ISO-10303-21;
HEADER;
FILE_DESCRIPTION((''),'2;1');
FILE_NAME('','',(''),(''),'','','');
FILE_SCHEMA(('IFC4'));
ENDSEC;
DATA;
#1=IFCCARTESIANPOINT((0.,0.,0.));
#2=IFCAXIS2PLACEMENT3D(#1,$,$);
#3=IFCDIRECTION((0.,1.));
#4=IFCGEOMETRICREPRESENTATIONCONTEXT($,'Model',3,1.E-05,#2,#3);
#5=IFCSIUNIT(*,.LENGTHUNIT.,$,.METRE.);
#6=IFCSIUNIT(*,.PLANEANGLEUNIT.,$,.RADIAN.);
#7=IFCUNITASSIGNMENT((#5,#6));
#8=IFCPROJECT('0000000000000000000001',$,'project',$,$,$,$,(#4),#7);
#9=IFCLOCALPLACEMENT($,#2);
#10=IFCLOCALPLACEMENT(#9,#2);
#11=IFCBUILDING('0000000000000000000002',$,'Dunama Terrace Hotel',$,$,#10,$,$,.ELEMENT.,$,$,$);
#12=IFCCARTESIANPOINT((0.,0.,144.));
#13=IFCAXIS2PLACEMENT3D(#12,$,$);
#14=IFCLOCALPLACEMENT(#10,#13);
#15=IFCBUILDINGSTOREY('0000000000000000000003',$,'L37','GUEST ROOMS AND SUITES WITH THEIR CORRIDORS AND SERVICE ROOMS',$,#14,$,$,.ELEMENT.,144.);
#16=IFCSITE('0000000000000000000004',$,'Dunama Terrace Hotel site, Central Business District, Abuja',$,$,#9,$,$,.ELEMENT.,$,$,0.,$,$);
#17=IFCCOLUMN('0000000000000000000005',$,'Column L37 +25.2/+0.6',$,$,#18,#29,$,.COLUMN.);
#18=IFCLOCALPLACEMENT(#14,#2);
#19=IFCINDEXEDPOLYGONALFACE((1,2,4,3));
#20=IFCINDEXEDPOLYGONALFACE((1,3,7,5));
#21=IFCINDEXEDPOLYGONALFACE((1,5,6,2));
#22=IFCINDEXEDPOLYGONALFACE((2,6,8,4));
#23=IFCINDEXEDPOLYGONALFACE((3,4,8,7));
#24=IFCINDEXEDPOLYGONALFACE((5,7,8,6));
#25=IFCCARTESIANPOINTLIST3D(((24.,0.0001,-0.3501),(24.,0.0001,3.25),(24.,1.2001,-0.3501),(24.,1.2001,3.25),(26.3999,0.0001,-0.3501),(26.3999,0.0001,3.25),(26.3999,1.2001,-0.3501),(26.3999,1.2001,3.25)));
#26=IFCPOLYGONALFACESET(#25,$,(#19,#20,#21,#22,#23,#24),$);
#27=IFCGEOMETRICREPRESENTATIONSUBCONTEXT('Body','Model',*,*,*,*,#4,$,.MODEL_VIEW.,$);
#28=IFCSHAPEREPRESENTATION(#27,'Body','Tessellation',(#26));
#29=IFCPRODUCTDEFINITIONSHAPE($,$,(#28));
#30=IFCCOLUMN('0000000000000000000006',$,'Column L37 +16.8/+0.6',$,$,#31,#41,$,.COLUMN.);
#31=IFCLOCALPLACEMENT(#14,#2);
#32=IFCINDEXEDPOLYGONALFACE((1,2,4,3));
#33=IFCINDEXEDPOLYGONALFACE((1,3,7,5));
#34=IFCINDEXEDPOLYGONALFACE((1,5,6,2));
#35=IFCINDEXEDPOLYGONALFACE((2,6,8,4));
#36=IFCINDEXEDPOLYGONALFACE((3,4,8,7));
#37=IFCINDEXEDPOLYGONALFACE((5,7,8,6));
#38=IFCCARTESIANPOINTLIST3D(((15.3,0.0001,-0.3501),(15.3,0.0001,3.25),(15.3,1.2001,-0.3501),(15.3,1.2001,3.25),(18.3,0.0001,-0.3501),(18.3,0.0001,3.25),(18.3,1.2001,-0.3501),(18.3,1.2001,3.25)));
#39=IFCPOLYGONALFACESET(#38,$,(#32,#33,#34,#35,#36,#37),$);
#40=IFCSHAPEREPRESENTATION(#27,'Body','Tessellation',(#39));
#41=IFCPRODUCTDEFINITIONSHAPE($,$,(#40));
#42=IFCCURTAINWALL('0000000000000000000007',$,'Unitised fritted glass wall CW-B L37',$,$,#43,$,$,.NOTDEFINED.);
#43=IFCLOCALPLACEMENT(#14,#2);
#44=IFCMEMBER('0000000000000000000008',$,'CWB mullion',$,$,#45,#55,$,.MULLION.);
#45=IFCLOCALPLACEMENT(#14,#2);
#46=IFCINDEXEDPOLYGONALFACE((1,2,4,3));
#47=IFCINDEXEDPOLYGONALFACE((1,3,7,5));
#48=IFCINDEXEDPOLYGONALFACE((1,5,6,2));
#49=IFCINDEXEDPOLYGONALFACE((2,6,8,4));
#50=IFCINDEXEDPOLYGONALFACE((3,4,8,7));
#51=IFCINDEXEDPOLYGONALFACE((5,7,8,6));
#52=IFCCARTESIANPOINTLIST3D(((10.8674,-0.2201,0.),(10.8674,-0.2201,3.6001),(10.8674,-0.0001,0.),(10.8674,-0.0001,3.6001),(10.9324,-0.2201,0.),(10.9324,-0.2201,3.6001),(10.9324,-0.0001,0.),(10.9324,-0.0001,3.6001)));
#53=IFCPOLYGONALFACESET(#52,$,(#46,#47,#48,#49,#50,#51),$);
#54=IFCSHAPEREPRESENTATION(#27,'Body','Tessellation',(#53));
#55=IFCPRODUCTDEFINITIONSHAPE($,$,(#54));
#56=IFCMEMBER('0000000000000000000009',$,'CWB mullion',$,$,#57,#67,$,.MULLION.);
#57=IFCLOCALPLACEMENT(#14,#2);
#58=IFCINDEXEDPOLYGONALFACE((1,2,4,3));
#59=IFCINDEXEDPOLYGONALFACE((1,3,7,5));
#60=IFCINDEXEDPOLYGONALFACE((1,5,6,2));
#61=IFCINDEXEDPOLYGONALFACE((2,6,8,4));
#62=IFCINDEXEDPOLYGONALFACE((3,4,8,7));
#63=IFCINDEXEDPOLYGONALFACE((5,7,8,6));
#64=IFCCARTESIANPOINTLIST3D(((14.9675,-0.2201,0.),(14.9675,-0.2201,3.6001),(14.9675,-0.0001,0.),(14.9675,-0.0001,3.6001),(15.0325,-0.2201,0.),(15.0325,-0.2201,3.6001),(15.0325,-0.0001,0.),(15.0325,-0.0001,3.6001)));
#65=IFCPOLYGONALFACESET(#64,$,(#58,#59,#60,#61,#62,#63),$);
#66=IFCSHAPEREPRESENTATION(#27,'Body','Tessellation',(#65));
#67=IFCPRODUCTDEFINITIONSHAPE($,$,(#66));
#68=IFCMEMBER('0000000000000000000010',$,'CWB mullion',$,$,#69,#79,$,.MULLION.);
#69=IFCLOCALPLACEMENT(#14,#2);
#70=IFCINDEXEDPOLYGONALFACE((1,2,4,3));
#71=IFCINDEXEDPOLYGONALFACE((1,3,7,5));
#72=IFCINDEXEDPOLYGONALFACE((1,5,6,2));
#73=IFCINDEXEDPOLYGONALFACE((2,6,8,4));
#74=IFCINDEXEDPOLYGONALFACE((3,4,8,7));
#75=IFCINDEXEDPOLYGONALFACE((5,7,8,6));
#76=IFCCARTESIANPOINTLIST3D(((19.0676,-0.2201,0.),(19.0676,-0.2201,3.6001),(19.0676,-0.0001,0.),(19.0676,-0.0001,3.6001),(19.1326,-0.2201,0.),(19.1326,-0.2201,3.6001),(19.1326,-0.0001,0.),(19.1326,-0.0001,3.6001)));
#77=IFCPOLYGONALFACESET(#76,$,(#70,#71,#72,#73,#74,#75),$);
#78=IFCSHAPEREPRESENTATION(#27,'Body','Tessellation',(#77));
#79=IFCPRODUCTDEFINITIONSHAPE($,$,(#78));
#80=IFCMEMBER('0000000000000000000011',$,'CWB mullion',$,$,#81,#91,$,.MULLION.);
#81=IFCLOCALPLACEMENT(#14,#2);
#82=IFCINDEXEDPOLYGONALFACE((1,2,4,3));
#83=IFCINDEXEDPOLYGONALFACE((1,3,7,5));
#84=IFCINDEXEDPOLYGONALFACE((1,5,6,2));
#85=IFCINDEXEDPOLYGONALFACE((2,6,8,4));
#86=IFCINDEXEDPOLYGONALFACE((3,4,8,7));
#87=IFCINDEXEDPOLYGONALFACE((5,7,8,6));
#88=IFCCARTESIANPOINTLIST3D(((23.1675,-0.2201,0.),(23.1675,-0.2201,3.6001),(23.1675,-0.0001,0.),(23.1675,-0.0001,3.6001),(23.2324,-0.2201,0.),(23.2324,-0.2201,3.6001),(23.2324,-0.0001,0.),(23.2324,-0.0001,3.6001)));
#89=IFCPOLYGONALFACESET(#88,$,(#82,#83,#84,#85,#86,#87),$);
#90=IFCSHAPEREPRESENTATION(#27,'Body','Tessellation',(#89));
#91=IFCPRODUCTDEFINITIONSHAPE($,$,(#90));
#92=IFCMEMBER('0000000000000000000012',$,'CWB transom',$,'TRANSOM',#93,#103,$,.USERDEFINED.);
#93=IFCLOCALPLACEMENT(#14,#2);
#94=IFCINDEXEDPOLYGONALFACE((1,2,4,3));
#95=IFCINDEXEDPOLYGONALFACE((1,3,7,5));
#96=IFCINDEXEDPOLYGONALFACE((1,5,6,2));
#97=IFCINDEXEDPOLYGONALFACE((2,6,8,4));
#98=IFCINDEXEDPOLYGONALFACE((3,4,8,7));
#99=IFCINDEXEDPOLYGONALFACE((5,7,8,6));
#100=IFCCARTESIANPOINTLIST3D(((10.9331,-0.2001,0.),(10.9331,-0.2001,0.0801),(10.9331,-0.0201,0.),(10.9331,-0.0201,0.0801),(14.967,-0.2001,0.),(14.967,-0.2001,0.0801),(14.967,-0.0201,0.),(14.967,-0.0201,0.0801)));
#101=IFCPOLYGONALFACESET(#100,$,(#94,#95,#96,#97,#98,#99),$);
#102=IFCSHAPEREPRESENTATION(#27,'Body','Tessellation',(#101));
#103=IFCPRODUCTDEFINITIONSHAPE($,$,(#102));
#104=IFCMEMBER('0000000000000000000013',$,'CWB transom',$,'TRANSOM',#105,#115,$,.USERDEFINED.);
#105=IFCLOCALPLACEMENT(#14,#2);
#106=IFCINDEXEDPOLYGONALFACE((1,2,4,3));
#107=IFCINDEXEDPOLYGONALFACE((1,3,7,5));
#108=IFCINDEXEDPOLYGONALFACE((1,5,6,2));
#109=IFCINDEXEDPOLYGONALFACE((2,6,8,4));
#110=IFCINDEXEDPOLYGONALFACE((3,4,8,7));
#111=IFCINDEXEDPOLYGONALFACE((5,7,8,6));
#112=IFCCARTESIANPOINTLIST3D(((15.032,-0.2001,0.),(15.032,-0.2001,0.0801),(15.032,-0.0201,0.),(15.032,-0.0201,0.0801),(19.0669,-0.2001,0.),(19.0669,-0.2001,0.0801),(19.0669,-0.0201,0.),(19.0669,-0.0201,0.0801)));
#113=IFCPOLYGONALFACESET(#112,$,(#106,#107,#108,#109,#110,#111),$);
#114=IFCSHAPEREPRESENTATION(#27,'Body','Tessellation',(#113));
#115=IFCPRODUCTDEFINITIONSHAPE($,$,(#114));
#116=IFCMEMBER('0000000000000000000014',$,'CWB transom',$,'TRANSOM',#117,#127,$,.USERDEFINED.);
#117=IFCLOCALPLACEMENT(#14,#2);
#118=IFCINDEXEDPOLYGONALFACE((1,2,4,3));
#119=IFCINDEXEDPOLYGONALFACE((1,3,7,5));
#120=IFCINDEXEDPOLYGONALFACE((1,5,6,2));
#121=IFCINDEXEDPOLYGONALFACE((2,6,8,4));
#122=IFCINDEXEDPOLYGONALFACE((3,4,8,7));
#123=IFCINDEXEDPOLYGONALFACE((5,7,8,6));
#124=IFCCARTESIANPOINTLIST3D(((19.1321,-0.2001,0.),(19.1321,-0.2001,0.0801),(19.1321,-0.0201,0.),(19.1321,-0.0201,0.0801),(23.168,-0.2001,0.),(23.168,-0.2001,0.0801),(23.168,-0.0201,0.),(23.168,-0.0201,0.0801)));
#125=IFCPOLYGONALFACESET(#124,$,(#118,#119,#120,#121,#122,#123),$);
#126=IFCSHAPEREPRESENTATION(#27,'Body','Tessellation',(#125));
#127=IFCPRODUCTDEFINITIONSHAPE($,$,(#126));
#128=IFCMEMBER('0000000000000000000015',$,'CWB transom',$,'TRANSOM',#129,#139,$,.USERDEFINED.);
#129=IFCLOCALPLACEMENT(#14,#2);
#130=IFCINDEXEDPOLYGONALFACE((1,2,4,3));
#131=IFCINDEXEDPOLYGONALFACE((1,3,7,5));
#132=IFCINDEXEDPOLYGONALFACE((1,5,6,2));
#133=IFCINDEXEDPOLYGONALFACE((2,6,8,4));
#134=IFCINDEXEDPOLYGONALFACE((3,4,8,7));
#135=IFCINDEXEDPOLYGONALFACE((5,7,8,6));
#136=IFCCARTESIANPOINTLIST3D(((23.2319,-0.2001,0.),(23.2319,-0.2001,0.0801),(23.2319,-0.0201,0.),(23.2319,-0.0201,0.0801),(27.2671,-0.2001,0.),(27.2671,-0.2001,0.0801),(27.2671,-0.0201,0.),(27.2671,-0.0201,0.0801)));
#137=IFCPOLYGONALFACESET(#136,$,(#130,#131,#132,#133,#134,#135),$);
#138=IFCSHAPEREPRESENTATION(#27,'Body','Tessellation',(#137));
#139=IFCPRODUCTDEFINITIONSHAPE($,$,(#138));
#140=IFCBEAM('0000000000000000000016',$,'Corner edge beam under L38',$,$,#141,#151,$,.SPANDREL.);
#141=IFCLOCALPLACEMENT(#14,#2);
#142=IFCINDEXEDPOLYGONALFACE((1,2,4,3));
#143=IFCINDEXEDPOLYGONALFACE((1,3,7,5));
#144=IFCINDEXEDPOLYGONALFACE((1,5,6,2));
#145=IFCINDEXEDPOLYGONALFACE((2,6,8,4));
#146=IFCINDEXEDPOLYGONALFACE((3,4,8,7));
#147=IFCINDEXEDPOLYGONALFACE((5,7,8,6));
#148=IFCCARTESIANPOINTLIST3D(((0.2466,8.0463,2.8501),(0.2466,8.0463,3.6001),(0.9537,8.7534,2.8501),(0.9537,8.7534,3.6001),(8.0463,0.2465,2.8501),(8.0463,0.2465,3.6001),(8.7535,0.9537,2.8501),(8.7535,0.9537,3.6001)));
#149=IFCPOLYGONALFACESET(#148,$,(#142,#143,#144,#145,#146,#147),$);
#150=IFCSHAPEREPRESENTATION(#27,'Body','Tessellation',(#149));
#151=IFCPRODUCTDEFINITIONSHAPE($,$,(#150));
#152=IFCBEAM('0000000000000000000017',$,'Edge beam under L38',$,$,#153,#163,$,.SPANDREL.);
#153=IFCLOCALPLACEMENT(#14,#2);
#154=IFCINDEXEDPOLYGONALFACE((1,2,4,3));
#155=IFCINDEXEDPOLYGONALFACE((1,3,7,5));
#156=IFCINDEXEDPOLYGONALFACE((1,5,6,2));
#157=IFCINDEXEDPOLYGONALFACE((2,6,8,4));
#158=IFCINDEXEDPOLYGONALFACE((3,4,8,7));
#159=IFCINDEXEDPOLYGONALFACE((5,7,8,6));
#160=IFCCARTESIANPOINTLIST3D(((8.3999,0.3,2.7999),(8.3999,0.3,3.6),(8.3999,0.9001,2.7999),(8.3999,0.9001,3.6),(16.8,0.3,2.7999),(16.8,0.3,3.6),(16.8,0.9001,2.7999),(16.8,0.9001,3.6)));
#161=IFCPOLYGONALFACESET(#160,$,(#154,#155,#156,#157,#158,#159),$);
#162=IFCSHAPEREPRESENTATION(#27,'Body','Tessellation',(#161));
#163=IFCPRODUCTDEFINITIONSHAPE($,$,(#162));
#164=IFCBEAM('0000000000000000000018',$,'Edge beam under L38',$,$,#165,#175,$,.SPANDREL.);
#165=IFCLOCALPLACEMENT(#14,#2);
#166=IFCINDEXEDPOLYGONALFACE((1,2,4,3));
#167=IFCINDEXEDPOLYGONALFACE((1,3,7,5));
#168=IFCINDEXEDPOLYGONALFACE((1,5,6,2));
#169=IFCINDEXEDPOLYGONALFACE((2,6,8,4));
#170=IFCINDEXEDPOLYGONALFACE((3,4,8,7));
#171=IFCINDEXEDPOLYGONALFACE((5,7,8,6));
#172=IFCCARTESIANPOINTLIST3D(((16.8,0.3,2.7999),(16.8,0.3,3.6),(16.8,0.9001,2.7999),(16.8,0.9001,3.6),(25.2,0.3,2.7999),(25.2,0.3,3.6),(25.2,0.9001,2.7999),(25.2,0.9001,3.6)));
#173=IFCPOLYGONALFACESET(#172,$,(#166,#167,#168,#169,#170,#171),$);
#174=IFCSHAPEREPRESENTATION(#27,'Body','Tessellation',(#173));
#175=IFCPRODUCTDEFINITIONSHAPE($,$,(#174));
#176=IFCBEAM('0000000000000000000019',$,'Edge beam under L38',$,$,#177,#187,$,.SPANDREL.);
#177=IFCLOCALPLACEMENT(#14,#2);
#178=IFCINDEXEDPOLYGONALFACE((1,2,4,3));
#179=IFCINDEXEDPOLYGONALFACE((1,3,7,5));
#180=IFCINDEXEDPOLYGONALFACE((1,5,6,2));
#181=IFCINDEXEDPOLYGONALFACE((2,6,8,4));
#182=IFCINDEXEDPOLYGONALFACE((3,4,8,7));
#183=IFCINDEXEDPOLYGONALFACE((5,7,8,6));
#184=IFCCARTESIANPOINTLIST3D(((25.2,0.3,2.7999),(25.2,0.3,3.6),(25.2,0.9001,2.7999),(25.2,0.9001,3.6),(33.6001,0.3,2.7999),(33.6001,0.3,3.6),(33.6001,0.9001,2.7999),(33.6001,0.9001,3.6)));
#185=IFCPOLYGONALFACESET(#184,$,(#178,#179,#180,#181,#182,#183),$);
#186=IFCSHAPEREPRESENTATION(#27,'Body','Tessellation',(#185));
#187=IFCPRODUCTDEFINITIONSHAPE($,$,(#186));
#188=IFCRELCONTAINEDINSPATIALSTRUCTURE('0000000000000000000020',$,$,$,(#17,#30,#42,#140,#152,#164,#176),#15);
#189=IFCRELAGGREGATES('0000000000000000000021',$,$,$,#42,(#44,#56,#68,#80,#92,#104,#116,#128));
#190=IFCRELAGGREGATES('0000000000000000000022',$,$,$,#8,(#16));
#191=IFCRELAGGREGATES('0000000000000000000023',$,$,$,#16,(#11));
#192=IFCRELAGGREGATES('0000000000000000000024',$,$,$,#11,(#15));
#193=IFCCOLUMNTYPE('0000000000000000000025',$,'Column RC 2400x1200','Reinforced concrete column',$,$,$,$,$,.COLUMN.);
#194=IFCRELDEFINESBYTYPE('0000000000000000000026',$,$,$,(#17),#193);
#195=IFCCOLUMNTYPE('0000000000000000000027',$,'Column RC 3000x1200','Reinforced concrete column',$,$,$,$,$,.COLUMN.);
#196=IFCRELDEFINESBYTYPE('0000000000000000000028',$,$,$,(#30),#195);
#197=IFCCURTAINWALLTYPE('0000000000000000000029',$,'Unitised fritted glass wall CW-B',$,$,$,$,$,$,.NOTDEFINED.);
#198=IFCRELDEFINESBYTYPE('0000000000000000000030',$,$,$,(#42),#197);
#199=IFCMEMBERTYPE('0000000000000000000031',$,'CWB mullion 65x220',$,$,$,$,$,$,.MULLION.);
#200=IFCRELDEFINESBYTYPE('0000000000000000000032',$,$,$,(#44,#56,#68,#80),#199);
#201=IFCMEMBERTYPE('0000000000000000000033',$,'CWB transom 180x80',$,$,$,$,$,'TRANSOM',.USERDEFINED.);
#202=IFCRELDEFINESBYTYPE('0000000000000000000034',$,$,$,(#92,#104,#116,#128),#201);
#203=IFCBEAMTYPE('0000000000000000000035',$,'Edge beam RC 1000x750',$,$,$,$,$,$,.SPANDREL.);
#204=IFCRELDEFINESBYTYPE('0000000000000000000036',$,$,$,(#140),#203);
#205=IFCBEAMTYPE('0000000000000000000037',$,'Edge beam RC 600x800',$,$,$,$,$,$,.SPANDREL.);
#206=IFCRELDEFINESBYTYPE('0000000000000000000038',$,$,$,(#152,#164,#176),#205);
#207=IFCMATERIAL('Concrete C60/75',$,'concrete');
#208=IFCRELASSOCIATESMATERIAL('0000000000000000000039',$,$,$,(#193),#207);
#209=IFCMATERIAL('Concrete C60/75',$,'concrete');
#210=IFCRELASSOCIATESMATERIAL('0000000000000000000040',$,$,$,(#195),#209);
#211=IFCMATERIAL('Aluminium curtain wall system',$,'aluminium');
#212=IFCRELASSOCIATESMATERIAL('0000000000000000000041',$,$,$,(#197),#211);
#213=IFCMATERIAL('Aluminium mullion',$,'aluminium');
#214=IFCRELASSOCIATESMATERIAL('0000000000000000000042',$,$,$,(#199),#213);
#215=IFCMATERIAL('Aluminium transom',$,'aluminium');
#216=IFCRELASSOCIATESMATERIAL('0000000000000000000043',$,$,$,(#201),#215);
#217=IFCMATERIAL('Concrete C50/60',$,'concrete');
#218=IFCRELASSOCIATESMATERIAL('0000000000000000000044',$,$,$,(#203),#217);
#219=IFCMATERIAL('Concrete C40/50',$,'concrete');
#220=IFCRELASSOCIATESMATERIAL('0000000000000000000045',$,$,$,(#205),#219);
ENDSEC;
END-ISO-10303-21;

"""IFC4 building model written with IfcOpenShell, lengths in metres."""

from ifc_helpers import new_model, si_unit, direction, frame, origin, origin_2d, place, context, subcontext, project, spatial, rectangle, extrude, material, material_profile, profile_set, type_object, element, aggregate, save


model = new_model("IFC4")

# Units and contexts
model_context = context("Model", 3, precision=1e-05, world=origin(), true_north=direction((0.0, 1.0)))
body_context = subcontext(model_context, "Body", "Model", "MODEL_VIEW")
ifc_project = project(units=[si_unit("LENGTHUNIT", "METRE"), si_unit("PLANEANGLEUNIT", "RADIAN")], contexts=[model_context])

# Site, building, storey
site_placement = place(None, origin())
site = spatial("IfcSite", under=ifc_project, at=site_placement, Name="Dunama Terrace Hotel site, Central Business District, Abuja", CompositionType="ELEMENT", RefElevation=0.0)
building_placement = place(site_placement, origin())
building = spatial("IfcBuilding", under=site, at=building_placement, Name="Dunama Terrace Hotel", CompositionType="ELEMENT")
storey_placement = place(building_placement, frame((0.0, 0.0, 144.0)))
storey = spatial("IfcBuildingStorey", under=building, at=storey_placement, Name="L37", Description="GUEST ROOMS AND SUITES WITH THEIR CORRIDORS AND SERVICE ROOMS", CompositionType="ELEMENT", Elevation=144.0)

# Columns
ifc_material_1 = material(Name="Concrete C60/75", Category="concrete")
ifc_material_profile_1 = material_profile(ifc_material_1, rectangle(XDim=2.3999, YDim=1.2, at=origin_2d()), Name="RC 2400x1200")
ifc_profile_set_1 = profile_set([ifc_material_profile_1], Name="Concrete C60/75")
column_type_1 = type_object("IfcColumnType", Name="Column RC 2400x1200", Description="Reinforced concrete column", PredefinedType="COLUMN", material=ifc_profile_set_1)
column_1_placement = place(storey_placement, frame((25.2, 0.6001, -0.3501), z_axis=(0.0, 0.0, 1.0), x_axis=(1.0, 0.0, 0.0)))
element("IfcColumn", 1, at=column_1_placement, inside=storey, type_object=column_type_1, Name="Column L37 +25.2/+0.6", PredefinedType="COLUMN", context=body_context, shape_type="SweptSolid", body=[
    extrude(rectangle(XDim=2.3999, YDim=1.2, at=origin_2d()), origin(), (0.0, 0.0, 1.0), 3.6001),
])
ifc_material_2 = material(Name="Concrete C60/75", Category="concrete")
ifc_material_profile_2 = material_profile(ifc_material_2, rectangle(XDim=3.0, YDim=1.2, at=origin_2d()), Name="RC 3000x1200")
ifc_profile_set_2 = profile_set([ifc_material_profile_2], Name="Concrete C60/75")
column_type_2 = type_object("IfcColumnType", Name="Column RC 3000x1200", Description="Reinforced concrete column", PredefinedType="COLUMN", material=ifc_profile_set_2)
column_2_placement = place(storey_placement, frame((16.8, 0.6001, -0.3501), z_axis=(0.0, 0.0, 1.0), x_axis=(1.0, 0.0, 0.0)))
element("IfcColumn", 2, at=column_2_placement, inside=storey, type_object=column_type_2, Name="Column L37 +16.8/+0.6", PredefinedType="COLUMN", context=body_context, shape_type="SweptSolid", body=[
    extrude(rectangle(XDim=3.0, YDim=1.2, at=origin_2d()), origin(), (0.0, 0.0, 1.0), 3.6001),
])

# Curtain wall, members
ifc_material_3 = material(Name="Aluminium curtain wall system", Category="aluminium")
curtain_wall_type = type_object("IfcCurtainWallType", Name="Unitised fritted glass wall CW-B", PredefinedType="NOTDEFINED", material=ifc_material_3)
curtain_wall_placement = place(storey_placement, origin())
curtain_wall = element("IfcCurtainWall", 3, at=curtain_wall_placement, inside=storey, type_object=curtain_wall_type, Name="Unitised fritted glass wall CW-B L37", PredefinedType="NOTDEFINED")
ifc_material_4 = material(Name="Aluminium mullion", Category="aluminium")
ifc_material_profile_3 = material_profile(ifc_material_4, rectangle(XDim=0.0649, YDim=0.22, at=origin_2d()), Name="CWB MULLION 65X220")
ifc_profile_set_3 = profile_set([ifc_material_profile_3], Name="Aluminium mullion")
member_type_1 = type_object("IfcMemberType", Name="CWB mullion 65x220", PredefinedType="MULLION", material=ifc_profile_set_3)
member_1_placement = place(storey_placement, frame((10.8999, -0.1101, 0.0), z_axis=(0.0, 0.0, 1.0), x_axis=(1.0, 0.0, 0.0)))
member_1 = element("IfcMember", 4, at=member_1_placement, type_object=member_type_1, Name="CWB mullion", PredefinedType="MULLION", context=body_context, shape_type="SweptSolid", body=[
    extrude(rectangle(XDim=0.0649, YDim=0.22, at=origin_2d()), origin(), (0.0, 0.0, 1.0), 3.6001),
])
member_2_placement = place(storey_placement, frame((15.0, -0.1101, 0.0), z_axis=(0.0, 0.0, 1.0), x_axis=(1.0, 0.0, 0.0)))
member_2 = element("IfcMember", 5, at=member_2_placement, type_object=member_type_1, Name="CWB mullion", PredefinedType="MULLION", context=body_context, shape_type="SweptSolid", body=[
    extrude(rectangle(XDim=0.0649, YDim=0.22, at=origin_2d()), origin(), (0.0, 0.0, 1.0), 3.6001),
])
member_3_placement = place(storey_placement, frame((19.1001, -0.1101, 0.0), z_axis=(0.0, 0.0, 1.0), x_axis=(1.0, 0.0, 0.0)))
member_3 = element("IfcMember", 6, at=member_3_placement, type_object=member_type_1, Name="CWB mullion", PredefinedType="MULLION", context=body_context, shape_type="SweptSolid", body=[
    extrude(rectangle(XDim=0.0649, YDim=0.22, at=origin_2d()), origin(), (0.0, 0.0, 1.0), 3.6001),
])
member_4_placement = place(storey_placement, frame((23.2, -0.1101, 0.0), z_axis=(0.0, 0.0, 1.0), x_axis=(1.0, 0.0, 0.0)))
member_4 = element("IfcMember", 7, at=member_4_placement, type_object=member_type_1, Name="CWB mullion", PredefinedType="MULLION", context=body_context, shape_type="SweptSolid", body=[
    extrude(rectangle(XDim=0.0649, YDim=0.22, at=origin_2d()), origin(), (0.0, 0.0, 1.0), 3.6001),
])
ifc_material_5 = material(Name="Aluminium transom", Category="aluminium")
ifc_material_profile_4 = material_profile(ifc_material_5, rectangle(XDim=0.1799, YDim=0.0801, at=origin_2d()), Name="CWB TRANSOM 180X80")
ifc_profile_set_4 = profile_set([ifc_material_profile_4], Name="Aluminium transom")
member_type_2 = type_object("IfcMemberType", Name="CWB transom 180x80", ElementType="TRANSOM", PredefinedType="USERDEFINED", material=ifc_profile_set_4)
member_5_placement = place(storey_placement, frame((10.9331, -0.1101, 0.04), z_axis=(1.0, 0.0, 0.0), x_axis=(0.0, 1.0, 0.0)))
member_5 = element("IfcMember", 8, at=member_5_placement, type_object=member_type_2, Name="CWB transom", ObjectType="TRANSOM", PredefinedType="USERDEFINED", context=body_context, shape_type="SweptSolid", body=[
    extrude(rectangle(XDim=0.1799, YDim=0.0801, at=origin_2d()), origin(), (0.0, 0.0, 1.0), 4.0339),
])
member_6_placement = place(storey_placement, frame((15.032, -0.1101, 0.04), z_axis=(1.0, 0.0, 0.0), x_axis=(0.0, 1.0, 0.0)))
member_6 = element("IfcMember", 9, at=member_6_placement, type_object=member_type_2, Name="CWB transom", ObjectType="TRANSOM", PredefinedType="USERDEFINED", context=body_context, shape_type="SweptSolid", body=[
    extrude(rectangle(XDim=0.1799, YDim=0.0801, at=origin_2d()), origin(), (0.0, 0.0, 1.0), 4.0349),
])
member_7_placement = place(storey_placement, frame((19.1321, -0.1101, 0.04), z_axis=(1.0, 0.0, 0.0), x_axis=(0.0, 1.0, 0.0)))
member_7 = element("IfcMember", 10, at=member_7_placement, type_object=member_type_2, Name="CWB transom", ObjectType="TRANSOM", PredefinedType="USERDEFINED", context=body_context, shape_type="SweptSolid", body=[
    extrude(rectangle(XDim=0.1799, YDim=0.0801, at=origin_2d()), origin(), (0.0, 0.0, 1.0), 4.0359),
])
member_8_placement = place(storey_placement, frame((23.2319, -0.1101, 0.04), z_axis=(1.0, 0.0, 0.0), x_axis=(0.0, 1.0, 0.0)))
member_8 = element("IfcMember", 11, at=member_8_placement, type_object=member_type_2, Name="CWB transom", ObjectType="TRANSOM", PredefinedType="USERDEFINED", context=body_context, shape_type="SweptSolid", body=[
    extrude(rectangle(XDim=0.1799, YDim=0.0801, at=origin_2d()), origin(), (0.0, 0.0, 1.0), 4.0352),
])

# Beams
ifc_material_6 = material(Name="Concrete C50/60", Category="concrete")
ifc_material_profile_5 = material_profile(ifc_material_6, rectangle(XDim=1.0, YDim=0.75, at=origin_2d()), Name="RC 1000x750")
ifc_profile_set_5 = profile_set([ifc_material_profile_5], Name="Concrete C50/60")
beam_type_1 = type_object("IfcBeamType", Name="Edge beam RC 1000x750", PredefinedType="SPANDREL", material=ifc_profile_set_5)
beam_1_placement = place(storey_placement, frame((8.3999, 0.6001, 3.2251), z_axis=(-0.707107, 0.707107, 0.0), x_axis=(-0.707107, -0.707107, 0.0)))
element("IfcBeam", 12, at=beam_1_placement, inside=storey, type_object=beam_type_1, Name="Corner edge beam under L38", PredefinedType="SPANDREL", context=body_context, shape_type="SweptSolid", body=[
    extrude(rectangle(XDim=1.0, YDim=0.75, at=origin_2d()), origin(), (0.0, 0.0, 1.0), 11.0305),
])
ifc_material_7 = material(Name="Concrete C40/50", Category="concrete")
ifc_material_profile_6 = material_profile(ifc_material_7, rectangle(XDim=0.6001, YDim=0.8, at=origin_2d()), Name="RC 600x800")
ifc_profile_set_6 = profile_set([ifc_material_profile_6], Name="Concrete C40/50")
beam_type_2 = type_object("IfcBeamType", Name="Edge beam RC 600x800", PredefinedType="SPANDREL", material=ifc_profile_set_6)
beam_2_placement = place(storey_placement, frame((8.3999, 0.6001, 3.2), z_axis=(1.0, 0.0, 0.0), x_axis=(0.0, 1.0, 0.0)))
element("IfcBeam", 13, at=beam_2_placement, inside=storey, type_object=beam_type_2, Name="Edge beam under L38", PredefinedType="SPANDREL", context=body_context, shape_type="SweptSolid", body=[
    extrude(rectangle(XDim=0.6001, YDim=0.8, at=origin_2d()), origin(), (0.0, 0.0, 1.0), 8.4001),
])
beam_3_placement = place(storey_placement, frame((16.8, 0.6001, 3.2), z_axis=(1.0, 0.0, 0.0), x_axis=(0.0, 1.0, 0.0)))
element("IfcBeam", 14, at=beam_3_placement, inside=storey, type_object=beam_type_2, Name="Edge beam under L38", PredefinedType="SPANDREL", context=body_context, shape_type="SweptSolid", body=[
    extrude(rectangle(XDim=0.6001, YDim=0.8, at=origin_2d()), origin(), (0.0, 0.0, 1.0), 8.3999),
])
beam_4_placement = place(storey_placement, frame((25.2, 0.6001, 3.2), z_axis=(1.0, 0.0, 0.0), x_axis=(0.0, 1.0, 0.0)))
element("IfcBeam", 15, at=beam_4_placement, inside=storey, type_object=beam_type_2, Name="Edge beam under L38", PredefinedType="SPANDREL", context=body_context, shape_type="SweptSolid", body=[
    extrude(rectangle(XDim=0.6001, YDim=0.8, at=origin_2d()), origin(), (0.0, 0.0, 1.0), 8.4001),
])

aggregate(curtain_wall, [member_1, member_2, member_3, member_4, member_5, member_6, member_7, member_8])

save(model, "model.ifc")
